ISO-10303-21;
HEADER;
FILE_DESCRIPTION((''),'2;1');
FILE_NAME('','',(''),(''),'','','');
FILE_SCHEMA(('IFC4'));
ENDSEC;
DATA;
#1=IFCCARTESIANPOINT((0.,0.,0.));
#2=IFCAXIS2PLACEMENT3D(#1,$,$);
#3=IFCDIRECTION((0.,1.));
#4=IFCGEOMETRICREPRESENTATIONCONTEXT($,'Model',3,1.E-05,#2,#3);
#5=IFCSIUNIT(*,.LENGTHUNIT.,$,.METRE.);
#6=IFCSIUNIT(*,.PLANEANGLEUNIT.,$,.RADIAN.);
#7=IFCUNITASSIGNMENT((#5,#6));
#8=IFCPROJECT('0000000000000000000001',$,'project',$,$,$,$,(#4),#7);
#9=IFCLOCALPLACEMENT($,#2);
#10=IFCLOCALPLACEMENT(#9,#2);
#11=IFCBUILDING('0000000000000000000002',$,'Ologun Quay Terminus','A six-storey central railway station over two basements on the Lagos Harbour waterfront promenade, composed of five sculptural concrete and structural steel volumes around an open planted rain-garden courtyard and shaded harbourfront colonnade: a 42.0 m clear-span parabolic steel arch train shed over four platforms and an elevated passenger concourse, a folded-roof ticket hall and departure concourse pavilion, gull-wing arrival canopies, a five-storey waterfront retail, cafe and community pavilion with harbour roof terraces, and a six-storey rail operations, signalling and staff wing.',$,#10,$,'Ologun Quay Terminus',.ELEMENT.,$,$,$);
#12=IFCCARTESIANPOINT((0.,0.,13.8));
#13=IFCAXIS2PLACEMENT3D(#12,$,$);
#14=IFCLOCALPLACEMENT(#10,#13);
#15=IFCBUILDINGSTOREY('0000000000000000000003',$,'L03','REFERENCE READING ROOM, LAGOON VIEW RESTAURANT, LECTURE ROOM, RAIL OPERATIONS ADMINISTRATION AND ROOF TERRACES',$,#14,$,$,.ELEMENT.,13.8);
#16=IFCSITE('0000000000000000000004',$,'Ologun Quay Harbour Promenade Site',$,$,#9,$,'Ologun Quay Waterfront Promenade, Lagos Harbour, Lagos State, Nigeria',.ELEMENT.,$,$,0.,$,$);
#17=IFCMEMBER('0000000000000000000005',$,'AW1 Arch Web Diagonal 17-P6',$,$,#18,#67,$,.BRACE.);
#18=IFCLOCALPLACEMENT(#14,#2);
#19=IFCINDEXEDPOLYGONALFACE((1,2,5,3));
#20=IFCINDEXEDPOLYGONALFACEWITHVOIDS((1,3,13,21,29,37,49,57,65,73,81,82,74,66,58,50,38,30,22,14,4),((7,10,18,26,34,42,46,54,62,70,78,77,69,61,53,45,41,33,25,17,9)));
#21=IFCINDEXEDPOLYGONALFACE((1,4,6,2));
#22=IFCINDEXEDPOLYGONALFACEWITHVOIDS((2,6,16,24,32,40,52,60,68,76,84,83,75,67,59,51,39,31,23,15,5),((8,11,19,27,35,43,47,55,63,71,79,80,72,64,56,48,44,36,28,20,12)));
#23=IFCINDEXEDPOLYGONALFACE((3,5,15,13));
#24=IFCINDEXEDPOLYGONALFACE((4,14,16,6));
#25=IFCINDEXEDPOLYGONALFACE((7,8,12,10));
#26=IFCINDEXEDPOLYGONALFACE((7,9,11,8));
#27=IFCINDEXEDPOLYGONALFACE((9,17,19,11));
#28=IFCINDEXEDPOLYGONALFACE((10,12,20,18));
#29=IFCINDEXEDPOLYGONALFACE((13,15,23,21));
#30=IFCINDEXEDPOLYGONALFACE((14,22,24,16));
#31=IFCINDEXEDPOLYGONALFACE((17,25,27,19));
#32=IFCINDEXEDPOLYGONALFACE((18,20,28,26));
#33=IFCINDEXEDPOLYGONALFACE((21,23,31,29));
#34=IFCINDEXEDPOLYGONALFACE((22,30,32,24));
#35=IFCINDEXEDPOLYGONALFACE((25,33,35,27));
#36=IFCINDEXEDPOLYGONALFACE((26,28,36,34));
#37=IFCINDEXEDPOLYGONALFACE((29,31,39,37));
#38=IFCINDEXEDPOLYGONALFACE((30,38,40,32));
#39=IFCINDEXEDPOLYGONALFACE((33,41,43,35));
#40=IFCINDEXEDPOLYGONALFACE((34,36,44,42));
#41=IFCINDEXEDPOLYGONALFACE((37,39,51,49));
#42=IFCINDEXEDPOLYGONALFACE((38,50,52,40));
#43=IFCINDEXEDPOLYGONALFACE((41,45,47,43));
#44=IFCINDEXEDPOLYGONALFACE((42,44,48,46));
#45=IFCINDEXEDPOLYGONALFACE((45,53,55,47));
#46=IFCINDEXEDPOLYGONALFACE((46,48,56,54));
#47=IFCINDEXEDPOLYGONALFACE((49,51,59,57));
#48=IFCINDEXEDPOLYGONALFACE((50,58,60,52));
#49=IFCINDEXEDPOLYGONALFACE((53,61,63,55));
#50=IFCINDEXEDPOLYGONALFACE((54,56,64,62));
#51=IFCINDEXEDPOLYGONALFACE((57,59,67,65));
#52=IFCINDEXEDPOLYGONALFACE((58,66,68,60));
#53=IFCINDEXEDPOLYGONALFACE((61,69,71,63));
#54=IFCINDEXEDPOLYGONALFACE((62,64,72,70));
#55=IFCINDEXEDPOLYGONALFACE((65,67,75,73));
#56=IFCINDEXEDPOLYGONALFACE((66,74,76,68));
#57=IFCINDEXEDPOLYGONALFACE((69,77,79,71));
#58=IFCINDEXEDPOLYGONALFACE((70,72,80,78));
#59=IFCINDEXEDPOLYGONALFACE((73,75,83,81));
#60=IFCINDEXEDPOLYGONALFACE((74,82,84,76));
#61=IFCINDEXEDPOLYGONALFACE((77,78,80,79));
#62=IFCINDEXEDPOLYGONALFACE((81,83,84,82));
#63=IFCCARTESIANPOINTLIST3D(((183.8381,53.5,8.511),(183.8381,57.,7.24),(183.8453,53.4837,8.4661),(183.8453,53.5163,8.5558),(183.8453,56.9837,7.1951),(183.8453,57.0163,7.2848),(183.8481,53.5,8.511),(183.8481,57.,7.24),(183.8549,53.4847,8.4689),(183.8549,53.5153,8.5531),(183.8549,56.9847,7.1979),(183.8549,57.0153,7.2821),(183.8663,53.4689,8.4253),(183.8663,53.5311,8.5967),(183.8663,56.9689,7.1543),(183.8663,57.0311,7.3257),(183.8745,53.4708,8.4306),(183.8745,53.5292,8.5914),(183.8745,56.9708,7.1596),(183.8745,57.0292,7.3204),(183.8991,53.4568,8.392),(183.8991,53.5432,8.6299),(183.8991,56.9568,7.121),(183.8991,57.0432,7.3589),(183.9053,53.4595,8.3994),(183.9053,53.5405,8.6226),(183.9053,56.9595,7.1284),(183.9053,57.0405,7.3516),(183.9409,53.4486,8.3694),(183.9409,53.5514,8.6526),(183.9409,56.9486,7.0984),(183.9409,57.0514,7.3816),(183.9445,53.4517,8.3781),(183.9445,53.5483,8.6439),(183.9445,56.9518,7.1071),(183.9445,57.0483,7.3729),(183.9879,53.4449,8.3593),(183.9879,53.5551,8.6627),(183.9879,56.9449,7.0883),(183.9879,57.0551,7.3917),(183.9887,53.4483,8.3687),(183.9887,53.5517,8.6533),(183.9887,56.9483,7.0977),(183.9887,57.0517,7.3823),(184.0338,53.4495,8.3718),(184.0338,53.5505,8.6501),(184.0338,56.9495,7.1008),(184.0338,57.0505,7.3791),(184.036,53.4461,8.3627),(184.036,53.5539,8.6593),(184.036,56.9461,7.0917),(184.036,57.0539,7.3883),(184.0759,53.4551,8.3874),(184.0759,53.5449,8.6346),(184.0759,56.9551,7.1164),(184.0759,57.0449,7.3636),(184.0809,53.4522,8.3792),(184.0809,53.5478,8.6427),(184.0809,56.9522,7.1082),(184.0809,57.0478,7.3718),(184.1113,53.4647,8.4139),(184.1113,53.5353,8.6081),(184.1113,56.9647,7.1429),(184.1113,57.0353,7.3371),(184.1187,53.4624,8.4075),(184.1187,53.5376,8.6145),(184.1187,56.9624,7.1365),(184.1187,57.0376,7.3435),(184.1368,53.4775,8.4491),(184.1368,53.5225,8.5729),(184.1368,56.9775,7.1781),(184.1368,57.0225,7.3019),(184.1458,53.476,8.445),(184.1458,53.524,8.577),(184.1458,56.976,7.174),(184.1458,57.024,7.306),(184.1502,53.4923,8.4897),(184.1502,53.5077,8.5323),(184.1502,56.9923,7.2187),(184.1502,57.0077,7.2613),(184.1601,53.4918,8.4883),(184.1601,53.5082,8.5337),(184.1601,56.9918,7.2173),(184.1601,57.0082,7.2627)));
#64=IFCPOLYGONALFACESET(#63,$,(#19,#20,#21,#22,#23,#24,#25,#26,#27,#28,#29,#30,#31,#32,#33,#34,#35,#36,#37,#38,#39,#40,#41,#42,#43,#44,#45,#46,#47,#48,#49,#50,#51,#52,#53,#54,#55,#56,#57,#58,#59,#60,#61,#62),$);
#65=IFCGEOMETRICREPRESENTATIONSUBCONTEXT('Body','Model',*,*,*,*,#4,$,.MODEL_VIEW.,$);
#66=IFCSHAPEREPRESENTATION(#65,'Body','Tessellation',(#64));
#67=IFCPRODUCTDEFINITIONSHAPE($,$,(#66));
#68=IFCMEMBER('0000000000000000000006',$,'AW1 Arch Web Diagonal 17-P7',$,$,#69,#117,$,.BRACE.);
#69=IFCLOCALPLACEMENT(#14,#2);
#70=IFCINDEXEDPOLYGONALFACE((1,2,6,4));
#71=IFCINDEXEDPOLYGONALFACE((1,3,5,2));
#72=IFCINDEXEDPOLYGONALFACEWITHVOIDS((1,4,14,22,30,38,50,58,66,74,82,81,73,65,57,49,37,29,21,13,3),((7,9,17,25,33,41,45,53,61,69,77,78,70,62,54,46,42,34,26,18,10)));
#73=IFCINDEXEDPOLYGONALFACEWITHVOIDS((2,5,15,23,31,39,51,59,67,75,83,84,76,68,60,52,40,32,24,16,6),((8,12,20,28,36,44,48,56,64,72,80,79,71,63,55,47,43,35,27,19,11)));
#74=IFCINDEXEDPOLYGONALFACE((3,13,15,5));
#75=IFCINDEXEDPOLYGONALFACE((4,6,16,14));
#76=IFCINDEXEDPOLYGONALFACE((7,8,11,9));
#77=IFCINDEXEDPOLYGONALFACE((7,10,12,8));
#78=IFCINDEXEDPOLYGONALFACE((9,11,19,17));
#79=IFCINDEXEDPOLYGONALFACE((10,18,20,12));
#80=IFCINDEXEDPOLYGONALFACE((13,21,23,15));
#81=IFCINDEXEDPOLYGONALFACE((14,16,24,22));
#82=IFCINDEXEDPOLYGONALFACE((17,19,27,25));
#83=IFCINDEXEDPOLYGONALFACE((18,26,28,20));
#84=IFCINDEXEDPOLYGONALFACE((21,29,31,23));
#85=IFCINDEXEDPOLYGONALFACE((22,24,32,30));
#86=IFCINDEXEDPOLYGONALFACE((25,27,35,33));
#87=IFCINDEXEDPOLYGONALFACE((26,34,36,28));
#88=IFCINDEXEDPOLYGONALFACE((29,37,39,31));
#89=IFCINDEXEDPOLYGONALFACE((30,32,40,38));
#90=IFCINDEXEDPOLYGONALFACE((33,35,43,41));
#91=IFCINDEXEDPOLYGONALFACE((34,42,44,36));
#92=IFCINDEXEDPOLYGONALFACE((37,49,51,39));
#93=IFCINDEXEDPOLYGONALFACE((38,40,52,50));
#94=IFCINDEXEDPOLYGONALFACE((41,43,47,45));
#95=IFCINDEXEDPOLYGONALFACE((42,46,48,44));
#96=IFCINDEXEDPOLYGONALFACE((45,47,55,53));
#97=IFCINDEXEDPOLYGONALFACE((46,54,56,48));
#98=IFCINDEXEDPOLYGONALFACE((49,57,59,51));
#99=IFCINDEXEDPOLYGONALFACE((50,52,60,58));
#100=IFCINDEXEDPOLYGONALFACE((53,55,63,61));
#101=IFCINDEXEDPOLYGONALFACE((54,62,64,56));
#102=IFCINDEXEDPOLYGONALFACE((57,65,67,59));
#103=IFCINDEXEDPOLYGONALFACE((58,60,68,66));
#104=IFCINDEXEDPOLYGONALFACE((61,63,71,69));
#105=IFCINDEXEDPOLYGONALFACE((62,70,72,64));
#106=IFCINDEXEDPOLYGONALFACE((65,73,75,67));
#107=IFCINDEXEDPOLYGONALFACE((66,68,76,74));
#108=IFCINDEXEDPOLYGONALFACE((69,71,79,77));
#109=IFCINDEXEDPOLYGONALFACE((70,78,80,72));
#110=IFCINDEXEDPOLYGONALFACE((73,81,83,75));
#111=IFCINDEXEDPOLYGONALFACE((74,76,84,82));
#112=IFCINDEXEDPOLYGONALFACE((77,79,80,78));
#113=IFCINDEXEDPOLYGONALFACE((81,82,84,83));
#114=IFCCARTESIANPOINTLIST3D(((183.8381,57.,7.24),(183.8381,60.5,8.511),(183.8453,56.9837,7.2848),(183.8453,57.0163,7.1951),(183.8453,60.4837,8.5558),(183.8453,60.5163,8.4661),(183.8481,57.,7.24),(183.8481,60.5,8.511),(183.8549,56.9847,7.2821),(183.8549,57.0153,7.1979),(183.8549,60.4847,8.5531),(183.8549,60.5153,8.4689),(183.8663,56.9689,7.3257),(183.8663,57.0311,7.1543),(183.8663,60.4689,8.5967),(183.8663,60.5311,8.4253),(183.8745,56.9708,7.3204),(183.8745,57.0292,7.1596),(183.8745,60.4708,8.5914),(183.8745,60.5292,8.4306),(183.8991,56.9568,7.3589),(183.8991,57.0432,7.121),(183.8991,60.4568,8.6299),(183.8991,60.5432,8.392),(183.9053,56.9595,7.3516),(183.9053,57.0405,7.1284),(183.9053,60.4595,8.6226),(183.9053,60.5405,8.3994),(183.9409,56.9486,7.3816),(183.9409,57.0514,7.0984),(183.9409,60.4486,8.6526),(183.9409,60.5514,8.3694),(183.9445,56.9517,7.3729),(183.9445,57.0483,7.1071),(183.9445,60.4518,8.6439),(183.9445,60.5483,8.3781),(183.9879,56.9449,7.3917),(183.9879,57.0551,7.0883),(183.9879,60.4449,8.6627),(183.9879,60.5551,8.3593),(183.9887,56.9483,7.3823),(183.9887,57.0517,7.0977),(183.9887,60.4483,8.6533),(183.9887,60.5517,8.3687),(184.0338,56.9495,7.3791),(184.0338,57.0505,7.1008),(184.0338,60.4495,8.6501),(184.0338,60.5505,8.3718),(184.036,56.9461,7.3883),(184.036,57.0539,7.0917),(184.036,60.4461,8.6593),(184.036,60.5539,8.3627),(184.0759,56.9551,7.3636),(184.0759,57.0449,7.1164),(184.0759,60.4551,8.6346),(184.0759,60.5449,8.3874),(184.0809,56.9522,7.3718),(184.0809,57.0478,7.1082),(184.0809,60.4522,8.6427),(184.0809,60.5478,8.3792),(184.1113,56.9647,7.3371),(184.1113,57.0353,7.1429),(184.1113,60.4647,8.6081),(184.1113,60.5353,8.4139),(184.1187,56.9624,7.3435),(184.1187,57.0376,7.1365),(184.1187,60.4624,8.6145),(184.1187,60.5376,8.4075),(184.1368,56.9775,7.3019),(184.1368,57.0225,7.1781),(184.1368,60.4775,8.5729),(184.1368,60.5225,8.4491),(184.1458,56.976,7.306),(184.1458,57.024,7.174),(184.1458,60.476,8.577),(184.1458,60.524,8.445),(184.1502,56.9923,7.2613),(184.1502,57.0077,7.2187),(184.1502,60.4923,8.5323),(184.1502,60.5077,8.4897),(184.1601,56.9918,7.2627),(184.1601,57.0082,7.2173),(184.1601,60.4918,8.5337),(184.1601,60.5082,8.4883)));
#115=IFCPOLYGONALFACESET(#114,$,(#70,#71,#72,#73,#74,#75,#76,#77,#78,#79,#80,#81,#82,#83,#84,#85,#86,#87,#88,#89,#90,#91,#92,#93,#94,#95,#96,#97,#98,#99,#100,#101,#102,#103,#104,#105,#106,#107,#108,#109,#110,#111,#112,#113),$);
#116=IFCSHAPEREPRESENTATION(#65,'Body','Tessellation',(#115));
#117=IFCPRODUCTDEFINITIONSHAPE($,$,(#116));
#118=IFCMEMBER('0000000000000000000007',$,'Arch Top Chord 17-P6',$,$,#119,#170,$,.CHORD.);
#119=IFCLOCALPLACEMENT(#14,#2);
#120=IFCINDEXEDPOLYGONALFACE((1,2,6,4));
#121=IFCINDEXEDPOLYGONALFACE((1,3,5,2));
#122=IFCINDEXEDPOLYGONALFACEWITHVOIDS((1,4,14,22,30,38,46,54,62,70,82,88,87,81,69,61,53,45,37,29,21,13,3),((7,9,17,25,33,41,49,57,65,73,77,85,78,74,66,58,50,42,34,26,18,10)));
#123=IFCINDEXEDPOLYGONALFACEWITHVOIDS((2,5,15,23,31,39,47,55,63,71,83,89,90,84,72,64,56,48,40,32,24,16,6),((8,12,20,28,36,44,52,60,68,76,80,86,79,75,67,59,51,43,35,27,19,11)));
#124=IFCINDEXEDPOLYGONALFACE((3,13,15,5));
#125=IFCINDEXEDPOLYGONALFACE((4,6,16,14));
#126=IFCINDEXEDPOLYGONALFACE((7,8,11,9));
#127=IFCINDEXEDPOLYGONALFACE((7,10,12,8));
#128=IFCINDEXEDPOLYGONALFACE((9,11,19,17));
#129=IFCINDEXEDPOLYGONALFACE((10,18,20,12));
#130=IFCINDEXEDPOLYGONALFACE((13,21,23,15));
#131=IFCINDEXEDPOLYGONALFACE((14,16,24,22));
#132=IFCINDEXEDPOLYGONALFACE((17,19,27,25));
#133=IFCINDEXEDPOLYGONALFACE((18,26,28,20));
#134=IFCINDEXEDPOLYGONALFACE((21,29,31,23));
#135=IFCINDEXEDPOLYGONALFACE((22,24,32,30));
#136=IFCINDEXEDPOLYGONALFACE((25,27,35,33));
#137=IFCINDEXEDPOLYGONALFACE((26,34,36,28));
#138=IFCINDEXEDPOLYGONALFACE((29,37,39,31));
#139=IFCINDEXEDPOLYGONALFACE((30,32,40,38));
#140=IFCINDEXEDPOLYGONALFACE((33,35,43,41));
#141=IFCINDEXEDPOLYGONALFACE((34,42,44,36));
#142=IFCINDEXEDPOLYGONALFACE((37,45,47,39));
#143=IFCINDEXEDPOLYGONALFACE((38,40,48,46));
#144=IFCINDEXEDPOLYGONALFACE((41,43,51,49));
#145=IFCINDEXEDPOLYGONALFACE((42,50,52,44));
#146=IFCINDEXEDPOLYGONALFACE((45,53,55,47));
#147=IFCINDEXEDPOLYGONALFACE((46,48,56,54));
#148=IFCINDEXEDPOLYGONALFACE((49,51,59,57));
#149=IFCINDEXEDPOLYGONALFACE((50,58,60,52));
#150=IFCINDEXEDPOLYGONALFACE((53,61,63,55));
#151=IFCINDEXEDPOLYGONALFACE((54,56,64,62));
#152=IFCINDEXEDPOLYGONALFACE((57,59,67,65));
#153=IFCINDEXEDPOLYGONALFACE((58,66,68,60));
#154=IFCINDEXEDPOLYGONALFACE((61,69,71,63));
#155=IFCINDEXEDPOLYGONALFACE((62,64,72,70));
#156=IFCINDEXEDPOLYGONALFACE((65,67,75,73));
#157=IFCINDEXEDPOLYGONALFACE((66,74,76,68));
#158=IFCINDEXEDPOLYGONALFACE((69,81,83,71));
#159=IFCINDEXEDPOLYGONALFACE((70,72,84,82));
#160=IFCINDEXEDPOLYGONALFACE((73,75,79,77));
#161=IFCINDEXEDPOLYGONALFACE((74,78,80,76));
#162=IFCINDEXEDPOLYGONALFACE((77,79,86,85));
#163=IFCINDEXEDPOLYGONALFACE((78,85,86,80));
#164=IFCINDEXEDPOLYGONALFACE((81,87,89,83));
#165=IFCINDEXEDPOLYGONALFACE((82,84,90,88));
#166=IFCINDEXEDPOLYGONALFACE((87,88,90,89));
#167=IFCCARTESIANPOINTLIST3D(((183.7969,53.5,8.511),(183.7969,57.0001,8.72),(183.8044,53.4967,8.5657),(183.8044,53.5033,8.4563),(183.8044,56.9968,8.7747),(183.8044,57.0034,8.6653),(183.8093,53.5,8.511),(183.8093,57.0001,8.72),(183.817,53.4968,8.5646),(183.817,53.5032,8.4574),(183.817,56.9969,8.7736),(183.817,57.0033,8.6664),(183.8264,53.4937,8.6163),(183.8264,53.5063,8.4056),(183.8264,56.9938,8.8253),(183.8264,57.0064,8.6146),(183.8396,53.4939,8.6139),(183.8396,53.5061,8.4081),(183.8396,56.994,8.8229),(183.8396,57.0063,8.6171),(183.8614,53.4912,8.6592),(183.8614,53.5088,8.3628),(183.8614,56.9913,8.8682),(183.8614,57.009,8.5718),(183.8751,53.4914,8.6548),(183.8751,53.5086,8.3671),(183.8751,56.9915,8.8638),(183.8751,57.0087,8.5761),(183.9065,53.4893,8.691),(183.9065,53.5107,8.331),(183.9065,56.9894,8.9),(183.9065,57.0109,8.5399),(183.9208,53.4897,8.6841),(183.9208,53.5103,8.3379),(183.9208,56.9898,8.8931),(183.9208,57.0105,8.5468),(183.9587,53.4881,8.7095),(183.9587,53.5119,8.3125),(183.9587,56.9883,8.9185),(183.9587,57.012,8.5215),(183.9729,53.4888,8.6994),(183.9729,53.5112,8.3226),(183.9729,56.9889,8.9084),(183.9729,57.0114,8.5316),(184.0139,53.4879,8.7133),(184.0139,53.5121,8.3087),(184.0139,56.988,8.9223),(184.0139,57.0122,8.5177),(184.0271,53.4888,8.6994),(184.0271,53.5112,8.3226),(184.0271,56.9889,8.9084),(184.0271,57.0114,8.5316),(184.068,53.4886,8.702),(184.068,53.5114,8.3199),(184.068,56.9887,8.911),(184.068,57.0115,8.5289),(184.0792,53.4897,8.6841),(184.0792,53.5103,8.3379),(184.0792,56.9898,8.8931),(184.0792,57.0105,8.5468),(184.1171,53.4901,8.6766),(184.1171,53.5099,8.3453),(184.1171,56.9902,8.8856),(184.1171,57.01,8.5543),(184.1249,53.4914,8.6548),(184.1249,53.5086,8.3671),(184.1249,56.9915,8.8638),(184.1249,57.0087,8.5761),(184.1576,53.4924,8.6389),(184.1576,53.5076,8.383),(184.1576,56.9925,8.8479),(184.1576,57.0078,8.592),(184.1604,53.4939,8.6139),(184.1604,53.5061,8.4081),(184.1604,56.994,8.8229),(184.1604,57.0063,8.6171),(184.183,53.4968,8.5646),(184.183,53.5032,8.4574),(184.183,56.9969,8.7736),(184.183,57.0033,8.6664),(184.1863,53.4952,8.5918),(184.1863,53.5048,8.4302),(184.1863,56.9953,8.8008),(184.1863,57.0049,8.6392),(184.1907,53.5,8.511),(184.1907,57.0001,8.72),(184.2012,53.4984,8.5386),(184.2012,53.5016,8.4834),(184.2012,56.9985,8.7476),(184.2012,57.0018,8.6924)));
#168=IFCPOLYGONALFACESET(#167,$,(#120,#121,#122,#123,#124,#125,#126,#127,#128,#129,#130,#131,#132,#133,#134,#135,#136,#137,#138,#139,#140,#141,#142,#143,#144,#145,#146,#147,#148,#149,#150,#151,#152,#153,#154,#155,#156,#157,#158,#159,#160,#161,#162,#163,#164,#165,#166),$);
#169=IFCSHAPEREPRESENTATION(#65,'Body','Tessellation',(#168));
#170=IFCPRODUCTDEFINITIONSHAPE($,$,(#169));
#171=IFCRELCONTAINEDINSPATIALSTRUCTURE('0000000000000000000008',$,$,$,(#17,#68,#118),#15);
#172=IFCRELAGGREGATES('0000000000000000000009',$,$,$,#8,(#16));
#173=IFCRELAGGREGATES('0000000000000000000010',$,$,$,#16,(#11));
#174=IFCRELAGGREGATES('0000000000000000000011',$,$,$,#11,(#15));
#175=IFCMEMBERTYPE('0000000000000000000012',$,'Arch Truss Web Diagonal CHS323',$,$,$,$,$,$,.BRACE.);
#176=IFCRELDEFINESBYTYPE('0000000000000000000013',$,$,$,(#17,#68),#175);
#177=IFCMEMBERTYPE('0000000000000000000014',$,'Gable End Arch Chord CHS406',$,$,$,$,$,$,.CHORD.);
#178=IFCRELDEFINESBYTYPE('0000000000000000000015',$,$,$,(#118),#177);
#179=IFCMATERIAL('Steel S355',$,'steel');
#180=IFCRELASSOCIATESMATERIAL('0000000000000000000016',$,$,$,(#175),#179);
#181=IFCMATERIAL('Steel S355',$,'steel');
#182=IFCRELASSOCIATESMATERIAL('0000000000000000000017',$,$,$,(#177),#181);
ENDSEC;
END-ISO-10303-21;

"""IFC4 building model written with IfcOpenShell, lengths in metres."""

from ifc_helpers import new_model, si_unit, direction, frame, origin, origin_2d, place, context, subcontext, project, spatial, hollow_circle, extrude, material, material_profile, profile_set, type_object, element, save


model = new_model("IFC4")

# Units and contexts
model_context = context("Model", 3, precision=1e-05, world=origin(), true_north=direction((0.0, 1.0)))
body_context = subcontext(model_context, "Body", "Model", "MODEL_VIEW")
ifc_project = project(units=[si_unit("LENGTHUNIT", "METRE"), si_unit("PLANEANGLEUNIT", "RADIAN")], contexts=[model_context])

# Site, building, storey
site_placement = place(None, origin())
site = spatial("IfcSite", under=ifc_project, at=site_placement, Name="Ologun Quay Harbour Promenade Site", LongName="Ologun Quay Waterfront Promenade, Lagos Harbour, Lagos State, Nigeria", CompositionType="ELEMENT", RefElevation=0.0)
building_placement = place(site_placement, origin())
building = spatial("IfcBuilding", under=site, at=building_placement, Name="Ologun Quay Terminus", Description="A six-storey central railway station over two basements on the Lagos Harbour waterfront promenade, composed of five sculptural concrete and structural steel volumes around an open planted rain-garden courtyard and shaded harbourfront colonnade: a 42.0 m clear-span parabolic steel arch train shed over four platforms and an elevated passenger concourse, a folded-roof ticket hall and departure concourse pavilion, gull-wing arrival canopies, a five-storey waterfront retail, cafe and community pavilion with harbour roof terraces, and a six-storey rail operations, signalling and staff wing.", LongName="Ologun Quay Terminus", CompositionType="ELEMENT")
storey_placement = place(building_placement, frame((0.0, 0.0, 13.8)))
storey = spatial("IfcBuildingStorey", under=building, at=storey_placement, Name="L03", Description="REFERENCE READING ROOM, LAGOON VIEW RESTAURANT, LECTURE ROOM, RAIL OPERATIONS ADMINISTRATION AND ROOF TERRACES", CompositionType="ELEMENT", Elevation=13.8)

# Members
ifc_material_1 = material(Name="Steel S355", Category="steel")
ifc_material_profile_1 = material_profile(ifc_material_1, hollow_circle(Radius=0.1619, WallThickness=0.01, at=origin_2d()), Name="CHS 323.9x10")
ifc_profile_set_1 = profile_set([ifc_material_profile_1], Name="Steel S355")
member_type_1 = type_object("IfcMemberType", Name="Arch Truss Web Diagonal CHS323", PredefinedType="BRACE", material=ifc_profile_set_1)
for number, where, z_axis, x_axis, name in (
    (1, (184.0, 53.5, 8.511), (0.0, 0.939943, -0.341332), (-1.0, 0.0, 0.0), "AW1 Arch Web Diagonal 17-P6"),
    (2, (184.0, 57.0, 7.24), (0.0, 0.939943, 0.341332), (-1.0, 0.0, 0.0), "AW1 Arch Web Diagonal 17-P7"),
):
    element("IfcMember", number, at=place(storey_placement, frame(where, z_axis=z_axis, x_axis=x_axis)), inside=storey, type_object=member_type_1, Name=name, PredefinedType="BRACE", context=body_context, shape_type="SweptSolid", body=[
        extrude(hollow_circle(Radius=0.1619, WallThickness=0.01, at=origin_2d()), origin(), (0.0, 0.0, 1.0), 3.7236),
    ])
ifc_material_2 = material(Name="Steel S355", Category="steel")
ifc_material_profile_2 = material_profile(ifc_material_2, hollow_circle(Radius=0.2031, WallThickness=0.0125, at=origin_2d()), Name="CHS 406.4x12.5")
ifc_profile_set_2 = profile_set([ifc_material_profile_2], Name="Steel S355")
member_type_2 = type_object("IfcMemberType", Name="Gable End Arch Chord CHS406", PredefinedType="CHORD", material=ifc_profile_set_2)
for number, where, z_axis, x_axis, name in (
    (3, (184.0, 53.5, 8.511), (0.0, 0.998222, 0.059604), (-1.0, 0.0, 0.0), "Arch Top Chord 17-P6"),
):
    element("IfcMember", number, at=place(storey_placement, frame(where, z_axis=z_axis, x_axis=x_axis)), inside=storey, type_object=member_type_2, Name=name, PredefinedType="CHORD", context=body_context, shape_type="SweptSolid", body=[
        extrude(hollow_circle(Radius=0.2031, WallThickness=0.0125, at=origin_2d()), origin(), (0.0, 0.0, 1.0), 3.5063),
    ])

save(model, "model.ifc")
